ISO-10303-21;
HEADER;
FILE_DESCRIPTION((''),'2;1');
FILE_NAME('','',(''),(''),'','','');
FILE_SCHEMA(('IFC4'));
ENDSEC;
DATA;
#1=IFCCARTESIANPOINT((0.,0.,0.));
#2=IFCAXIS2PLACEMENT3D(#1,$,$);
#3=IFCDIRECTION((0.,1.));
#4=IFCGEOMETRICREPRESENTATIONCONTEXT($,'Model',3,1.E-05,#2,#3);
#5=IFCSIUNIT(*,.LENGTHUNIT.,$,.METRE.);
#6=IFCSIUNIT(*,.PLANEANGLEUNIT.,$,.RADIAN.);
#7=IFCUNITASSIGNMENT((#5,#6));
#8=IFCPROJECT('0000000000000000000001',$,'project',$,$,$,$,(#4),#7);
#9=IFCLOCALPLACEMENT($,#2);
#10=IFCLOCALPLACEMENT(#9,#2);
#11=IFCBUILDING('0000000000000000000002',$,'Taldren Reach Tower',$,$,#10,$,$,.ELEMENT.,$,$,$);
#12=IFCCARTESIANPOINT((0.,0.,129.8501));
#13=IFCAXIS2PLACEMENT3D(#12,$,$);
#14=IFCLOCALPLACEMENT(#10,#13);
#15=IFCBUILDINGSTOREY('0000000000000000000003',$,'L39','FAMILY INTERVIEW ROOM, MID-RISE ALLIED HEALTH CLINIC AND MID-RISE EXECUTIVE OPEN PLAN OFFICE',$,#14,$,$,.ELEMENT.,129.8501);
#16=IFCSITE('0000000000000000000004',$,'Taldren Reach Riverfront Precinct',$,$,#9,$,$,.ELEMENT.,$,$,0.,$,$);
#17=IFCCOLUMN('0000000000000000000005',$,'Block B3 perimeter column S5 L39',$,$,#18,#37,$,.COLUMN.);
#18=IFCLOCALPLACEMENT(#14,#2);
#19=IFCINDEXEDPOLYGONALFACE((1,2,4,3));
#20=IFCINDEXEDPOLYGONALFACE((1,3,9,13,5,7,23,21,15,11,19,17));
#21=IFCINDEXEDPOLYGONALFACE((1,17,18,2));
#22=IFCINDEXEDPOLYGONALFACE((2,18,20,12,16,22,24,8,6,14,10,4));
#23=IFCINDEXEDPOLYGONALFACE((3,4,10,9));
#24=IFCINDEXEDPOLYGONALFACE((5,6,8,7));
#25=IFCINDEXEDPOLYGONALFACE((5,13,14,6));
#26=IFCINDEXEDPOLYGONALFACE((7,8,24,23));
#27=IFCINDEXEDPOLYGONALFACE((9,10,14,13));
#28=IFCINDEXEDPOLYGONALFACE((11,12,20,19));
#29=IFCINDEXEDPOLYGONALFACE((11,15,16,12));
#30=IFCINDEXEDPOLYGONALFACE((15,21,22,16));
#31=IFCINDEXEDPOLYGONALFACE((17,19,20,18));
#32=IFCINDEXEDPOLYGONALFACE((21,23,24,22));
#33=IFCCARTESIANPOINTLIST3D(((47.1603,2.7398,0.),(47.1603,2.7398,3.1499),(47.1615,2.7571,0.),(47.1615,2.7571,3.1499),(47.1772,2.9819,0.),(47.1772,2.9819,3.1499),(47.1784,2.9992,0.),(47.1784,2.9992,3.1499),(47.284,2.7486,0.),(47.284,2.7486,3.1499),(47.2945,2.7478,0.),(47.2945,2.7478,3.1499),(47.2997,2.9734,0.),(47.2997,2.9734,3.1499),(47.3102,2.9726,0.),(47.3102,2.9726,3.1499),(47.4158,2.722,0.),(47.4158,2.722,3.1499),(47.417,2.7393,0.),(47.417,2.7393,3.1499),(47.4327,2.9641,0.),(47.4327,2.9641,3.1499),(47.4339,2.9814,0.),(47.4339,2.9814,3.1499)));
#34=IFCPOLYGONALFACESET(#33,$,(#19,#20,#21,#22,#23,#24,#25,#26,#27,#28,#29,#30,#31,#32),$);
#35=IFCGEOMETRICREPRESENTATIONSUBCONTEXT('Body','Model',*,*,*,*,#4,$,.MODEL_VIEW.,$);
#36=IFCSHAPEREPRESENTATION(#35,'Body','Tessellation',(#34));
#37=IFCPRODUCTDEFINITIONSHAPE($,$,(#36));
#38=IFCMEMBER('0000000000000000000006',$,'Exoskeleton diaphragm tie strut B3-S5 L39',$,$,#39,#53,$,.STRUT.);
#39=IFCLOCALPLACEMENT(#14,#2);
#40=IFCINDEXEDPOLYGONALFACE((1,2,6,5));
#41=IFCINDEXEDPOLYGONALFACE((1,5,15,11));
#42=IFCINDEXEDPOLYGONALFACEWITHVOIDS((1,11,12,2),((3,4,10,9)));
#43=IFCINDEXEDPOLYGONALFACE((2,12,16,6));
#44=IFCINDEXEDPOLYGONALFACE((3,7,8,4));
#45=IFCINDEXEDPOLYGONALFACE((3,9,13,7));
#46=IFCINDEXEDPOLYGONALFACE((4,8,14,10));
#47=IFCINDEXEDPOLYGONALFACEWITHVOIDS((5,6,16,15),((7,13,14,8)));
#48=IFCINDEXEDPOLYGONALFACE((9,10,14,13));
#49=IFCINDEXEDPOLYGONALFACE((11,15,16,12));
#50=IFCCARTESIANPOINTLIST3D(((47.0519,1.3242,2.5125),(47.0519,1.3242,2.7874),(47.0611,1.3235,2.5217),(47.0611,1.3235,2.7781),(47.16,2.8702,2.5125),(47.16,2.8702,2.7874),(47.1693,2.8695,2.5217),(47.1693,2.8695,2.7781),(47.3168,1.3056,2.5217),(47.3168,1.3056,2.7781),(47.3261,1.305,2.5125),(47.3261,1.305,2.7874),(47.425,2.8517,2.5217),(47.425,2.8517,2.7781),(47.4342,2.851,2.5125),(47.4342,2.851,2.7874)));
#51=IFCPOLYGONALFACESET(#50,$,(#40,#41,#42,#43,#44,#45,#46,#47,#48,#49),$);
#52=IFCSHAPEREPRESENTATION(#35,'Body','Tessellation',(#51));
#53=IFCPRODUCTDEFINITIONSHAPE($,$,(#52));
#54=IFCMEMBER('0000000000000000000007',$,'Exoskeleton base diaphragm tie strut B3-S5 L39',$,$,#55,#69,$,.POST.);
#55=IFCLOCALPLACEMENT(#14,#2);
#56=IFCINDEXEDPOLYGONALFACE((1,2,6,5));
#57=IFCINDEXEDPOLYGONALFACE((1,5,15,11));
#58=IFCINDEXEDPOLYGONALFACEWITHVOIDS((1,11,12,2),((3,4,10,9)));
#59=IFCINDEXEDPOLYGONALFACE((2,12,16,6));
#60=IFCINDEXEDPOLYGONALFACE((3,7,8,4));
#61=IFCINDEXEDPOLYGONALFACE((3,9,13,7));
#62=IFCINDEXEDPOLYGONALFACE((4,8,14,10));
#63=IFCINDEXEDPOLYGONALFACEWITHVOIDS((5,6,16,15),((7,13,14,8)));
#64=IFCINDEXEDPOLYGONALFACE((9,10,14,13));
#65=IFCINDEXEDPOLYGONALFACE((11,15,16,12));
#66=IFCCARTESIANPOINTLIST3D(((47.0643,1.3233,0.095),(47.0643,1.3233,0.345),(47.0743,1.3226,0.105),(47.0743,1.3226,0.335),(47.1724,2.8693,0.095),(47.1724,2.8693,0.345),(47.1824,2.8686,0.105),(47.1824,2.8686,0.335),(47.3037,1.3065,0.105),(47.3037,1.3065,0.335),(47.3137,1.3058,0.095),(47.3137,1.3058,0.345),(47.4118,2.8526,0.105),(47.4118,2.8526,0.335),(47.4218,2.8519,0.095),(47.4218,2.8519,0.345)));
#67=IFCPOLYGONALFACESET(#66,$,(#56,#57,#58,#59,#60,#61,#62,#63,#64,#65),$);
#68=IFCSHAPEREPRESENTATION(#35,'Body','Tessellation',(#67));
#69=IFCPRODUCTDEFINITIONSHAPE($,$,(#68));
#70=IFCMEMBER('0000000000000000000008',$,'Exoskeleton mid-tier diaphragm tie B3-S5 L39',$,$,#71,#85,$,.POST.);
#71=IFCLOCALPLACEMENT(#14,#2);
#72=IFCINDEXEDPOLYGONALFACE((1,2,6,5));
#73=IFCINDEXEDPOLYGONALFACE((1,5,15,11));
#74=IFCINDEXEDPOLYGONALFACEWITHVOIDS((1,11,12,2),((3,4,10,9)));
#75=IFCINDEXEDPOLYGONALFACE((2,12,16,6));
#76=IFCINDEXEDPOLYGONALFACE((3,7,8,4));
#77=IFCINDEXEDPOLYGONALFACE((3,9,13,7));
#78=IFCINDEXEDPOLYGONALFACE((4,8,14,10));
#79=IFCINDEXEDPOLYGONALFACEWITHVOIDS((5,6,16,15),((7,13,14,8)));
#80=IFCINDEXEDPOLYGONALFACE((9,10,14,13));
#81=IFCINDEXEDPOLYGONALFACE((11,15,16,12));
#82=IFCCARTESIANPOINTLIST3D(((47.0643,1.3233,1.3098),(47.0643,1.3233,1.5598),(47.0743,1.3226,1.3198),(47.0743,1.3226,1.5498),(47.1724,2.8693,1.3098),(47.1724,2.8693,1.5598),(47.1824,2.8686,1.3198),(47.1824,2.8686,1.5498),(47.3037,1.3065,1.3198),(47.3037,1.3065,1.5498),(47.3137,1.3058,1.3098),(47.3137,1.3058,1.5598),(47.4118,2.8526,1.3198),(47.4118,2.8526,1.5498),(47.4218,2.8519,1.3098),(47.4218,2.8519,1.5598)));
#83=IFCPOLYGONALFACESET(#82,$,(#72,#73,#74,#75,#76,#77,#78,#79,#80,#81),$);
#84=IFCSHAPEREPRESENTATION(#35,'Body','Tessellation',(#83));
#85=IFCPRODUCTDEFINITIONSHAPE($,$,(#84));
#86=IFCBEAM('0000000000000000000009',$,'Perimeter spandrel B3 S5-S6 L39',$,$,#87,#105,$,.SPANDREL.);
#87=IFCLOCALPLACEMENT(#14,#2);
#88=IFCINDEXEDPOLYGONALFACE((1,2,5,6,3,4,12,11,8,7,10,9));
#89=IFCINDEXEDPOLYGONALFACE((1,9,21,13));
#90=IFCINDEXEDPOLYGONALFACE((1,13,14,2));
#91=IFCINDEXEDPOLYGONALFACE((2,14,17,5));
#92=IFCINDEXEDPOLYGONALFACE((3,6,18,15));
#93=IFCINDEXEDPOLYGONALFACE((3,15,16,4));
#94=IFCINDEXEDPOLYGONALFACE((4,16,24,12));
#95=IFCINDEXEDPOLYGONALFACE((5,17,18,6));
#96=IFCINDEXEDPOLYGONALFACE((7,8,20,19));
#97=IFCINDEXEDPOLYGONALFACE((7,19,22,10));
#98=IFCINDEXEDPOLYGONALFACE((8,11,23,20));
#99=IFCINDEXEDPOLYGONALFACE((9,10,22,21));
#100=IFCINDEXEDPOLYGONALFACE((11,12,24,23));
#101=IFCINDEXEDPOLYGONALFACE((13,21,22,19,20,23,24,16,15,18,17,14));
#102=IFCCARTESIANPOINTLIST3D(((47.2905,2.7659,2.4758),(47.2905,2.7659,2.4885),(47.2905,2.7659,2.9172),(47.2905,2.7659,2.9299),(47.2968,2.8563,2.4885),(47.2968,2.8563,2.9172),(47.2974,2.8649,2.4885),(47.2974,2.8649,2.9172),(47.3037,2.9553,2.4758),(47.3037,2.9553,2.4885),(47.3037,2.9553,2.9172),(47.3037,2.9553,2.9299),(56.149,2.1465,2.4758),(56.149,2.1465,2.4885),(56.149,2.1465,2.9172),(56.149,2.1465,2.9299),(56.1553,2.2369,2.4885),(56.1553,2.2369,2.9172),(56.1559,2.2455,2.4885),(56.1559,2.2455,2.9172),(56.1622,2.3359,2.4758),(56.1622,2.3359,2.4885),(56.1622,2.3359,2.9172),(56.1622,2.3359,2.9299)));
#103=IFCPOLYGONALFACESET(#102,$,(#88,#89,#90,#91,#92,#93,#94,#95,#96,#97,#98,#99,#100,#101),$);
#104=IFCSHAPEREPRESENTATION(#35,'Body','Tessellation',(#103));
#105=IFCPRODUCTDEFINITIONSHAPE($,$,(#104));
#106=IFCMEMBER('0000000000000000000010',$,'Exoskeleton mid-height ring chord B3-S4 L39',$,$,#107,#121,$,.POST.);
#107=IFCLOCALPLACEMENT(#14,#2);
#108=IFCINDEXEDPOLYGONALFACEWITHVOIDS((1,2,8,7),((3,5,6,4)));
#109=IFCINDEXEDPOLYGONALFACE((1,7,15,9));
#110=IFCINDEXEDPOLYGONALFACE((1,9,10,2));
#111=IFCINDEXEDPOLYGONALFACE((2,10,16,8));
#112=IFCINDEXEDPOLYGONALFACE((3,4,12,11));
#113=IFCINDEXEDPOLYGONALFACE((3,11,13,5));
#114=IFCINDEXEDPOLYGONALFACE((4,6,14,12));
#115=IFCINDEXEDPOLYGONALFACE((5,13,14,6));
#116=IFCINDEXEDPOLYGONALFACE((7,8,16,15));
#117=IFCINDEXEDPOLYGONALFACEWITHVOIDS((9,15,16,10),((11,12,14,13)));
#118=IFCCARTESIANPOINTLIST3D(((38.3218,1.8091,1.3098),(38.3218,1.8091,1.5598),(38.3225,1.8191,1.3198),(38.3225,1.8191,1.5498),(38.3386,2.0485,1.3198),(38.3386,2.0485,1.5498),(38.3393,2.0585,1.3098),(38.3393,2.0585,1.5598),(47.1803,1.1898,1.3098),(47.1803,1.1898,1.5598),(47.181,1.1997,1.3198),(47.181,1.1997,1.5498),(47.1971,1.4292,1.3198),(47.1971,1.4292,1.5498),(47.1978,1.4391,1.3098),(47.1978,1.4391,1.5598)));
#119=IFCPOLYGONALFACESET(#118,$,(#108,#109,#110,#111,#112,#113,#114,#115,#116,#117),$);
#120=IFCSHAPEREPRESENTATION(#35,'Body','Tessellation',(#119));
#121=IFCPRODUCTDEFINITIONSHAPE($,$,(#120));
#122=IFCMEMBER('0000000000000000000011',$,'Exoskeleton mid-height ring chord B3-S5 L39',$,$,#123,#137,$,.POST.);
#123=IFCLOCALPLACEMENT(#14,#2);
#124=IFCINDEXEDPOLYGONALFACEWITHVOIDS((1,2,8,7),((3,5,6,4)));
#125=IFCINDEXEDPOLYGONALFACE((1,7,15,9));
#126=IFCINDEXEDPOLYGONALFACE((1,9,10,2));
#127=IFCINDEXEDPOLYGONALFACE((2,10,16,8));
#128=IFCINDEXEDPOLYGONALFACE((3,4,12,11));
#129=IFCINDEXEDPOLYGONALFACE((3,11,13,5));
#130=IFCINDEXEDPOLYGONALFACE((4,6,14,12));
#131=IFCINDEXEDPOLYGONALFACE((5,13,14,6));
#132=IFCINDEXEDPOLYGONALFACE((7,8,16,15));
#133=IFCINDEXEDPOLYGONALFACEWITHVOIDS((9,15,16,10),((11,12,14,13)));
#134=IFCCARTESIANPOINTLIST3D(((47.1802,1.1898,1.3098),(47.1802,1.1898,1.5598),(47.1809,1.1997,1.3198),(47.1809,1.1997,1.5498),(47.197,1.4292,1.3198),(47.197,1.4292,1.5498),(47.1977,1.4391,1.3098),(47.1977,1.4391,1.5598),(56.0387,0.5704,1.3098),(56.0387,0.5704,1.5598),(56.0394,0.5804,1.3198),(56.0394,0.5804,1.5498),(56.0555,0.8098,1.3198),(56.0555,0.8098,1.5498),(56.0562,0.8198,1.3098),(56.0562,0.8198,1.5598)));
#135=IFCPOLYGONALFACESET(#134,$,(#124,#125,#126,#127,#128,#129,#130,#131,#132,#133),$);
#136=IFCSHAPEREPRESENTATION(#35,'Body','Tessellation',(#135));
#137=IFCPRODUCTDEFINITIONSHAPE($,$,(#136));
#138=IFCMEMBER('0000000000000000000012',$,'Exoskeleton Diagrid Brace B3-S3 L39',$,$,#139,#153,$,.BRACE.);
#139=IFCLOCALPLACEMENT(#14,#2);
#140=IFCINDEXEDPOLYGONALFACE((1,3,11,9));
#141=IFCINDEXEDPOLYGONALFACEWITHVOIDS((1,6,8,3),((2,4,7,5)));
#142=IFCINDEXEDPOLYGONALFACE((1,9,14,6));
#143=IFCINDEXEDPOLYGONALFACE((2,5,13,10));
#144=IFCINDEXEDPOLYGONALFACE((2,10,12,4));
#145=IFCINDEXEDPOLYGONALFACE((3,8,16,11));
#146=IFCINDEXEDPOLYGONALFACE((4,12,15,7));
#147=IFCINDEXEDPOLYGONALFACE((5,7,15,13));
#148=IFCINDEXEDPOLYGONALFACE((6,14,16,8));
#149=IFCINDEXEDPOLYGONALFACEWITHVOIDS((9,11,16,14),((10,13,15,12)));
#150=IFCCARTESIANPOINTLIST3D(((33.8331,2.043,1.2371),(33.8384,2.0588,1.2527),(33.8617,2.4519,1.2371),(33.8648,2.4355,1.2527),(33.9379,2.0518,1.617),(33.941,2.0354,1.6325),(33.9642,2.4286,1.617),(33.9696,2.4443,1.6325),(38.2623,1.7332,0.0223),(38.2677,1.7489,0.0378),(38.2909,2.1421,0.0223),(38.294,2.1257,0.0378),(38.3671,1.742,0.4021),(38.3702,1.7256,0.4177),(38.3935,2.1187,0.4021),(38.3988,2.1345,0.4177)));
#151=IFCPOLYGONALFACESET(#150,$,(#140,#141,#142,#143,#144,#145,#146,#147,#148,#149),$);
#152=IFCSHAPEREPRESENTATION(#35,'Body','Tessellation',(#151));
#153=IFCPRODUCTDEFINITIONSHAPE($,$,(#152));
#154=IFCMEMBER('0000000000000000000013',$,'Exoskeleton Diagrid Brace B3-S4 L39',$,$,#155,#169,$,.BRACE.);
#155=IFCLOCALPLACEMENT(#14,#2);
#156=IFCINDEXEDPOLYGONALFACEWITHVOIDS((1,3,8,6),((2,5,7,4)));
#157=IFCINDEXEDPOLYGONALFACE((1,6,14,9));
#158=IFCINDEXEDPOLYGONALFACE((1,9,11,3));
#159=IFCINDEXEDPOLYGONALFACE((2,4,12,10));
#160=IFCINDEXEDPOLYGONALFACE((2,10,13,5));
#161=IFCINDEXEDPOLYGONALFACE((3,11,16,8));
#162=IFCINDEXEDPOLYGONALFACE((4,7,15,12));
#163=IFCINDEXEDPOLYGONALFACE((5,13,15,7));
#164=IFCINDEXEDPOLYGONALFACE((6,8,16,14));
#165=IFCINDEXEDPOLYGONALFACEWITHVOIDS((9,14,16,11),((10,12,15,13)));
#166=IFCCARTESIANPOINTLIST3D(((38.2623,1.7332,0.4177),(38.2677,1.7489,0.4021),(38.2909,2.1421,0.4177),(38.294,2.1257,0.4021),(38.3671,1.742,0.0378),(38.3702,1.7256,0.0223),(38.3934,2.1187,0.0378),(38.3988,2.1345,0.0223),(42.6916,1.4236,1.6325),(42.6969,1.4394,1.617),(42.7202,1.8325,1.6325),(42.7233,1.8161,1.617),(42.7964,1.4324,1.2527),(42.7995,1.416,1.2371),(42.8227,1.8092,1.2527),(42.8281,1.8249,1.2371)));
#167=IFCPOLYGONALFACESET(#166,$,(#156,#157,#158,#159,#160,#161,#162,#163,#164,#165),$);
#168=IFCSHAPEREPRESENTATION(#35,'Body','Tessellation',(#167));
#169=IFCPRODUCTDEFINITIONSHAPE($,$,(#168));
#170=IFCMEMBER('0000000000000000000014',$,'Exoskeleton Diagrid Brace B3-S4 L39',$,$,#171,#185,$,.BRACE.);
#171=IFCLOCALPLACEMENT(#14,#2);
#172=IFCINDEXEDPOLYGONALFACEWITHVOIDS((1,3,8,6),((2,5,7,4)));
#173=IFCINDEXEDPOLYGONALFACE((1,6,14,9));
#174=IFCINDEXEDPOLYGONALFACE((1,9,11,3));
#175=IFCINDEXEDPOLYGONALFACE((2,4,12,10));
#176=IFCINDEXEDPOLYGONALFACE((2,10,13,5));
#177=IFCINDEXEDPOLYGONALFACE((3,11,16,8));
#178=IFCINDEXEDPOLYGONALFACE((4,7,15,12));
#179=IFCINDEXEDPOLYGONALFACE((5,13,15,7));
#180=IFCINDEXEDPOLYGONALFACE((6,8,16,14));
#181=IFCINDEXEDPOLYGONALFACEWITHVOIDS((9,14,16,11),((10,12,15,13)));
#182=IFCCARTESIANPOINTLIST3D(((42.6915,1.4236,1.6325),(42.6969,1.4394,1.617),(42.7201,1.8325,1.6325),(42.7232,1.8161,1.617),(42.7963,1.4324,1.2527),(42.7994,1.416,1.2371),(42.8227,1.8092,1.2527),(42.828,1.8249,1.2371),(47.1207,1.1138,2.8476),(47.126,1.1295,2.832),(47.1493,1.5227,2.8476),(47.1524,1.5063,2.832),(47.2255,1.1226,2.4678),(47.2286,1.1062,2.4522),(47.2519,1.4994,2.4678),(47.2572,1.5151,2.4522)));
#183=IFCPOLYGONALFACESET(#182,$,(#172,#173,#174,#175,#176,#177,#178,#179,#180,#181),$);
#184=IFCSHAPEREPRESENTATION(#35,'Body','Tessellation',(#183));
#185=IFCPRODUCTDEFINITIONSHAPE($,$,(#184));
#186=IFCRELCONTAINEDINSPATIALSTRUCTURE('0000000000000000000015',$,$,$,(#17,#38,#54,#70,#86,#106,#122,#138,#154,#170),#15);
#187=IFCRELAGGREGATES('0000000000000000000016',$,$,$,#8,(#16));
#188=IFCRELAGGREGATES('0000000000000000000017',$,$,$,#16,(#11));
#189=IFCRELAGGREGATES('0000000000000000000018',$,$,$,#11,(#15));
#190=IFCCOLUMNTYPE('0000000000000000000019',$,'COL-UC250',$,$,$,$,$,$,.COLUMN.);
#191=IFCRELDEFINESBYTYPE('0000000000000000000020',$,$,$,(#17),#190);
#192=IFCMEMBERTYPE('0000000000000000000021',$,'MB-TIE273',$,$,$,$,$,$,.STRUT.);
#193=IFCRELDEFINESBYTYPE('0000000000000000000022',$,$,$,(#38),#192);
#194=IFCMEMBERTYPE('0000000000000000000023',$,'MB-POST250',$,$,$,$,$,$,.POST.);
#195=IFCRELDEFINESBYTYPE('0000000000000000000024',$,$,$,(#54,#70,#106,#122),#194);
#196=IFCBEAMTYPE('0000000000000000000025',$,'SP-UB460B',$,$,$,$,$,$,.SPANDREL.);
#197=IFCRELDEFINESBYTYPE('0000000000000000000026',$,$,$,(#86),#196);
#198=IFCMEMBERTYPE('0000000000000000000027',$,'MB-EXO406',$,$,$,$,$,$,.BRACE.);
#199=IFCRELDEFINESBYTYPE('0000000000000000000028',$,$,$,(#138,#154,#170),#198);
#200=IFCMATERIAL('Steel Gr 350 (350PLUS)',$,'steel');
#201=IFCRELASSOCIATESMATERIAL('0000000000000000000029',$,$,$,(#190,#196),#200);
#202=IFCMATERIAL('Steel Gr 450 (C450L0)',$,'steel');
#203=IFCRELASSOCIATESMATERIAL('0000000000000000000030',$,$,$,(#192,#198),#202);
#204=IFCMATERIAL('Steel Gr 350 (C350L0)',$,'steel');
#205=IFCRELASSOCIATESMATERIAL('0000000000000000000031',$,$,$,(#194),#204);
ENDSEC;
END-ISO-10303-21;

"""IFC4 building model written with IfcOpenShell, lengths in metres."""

from ifc_helpers import new_model, si_unit, direction, frame, origin, origin_2d, place, context, subcontext, project, spatial, hollow_rectangle, i_section, extrude, source, transform, mapped, material, material_profile, profile_set, type_object, element, save


model = new_model("IFC4")

# Units and contexts
model_context = context("Model", 3, precision=1e-05, world=origin(), true_north=direction((0.0, 1.0)))
body_context = subcontext(model_context, "Body", "Model", "MODEL_VIEW")
ifc_project = project(units=[si_unit("LENGTHUNIT", "METRE"), si_unit("PLANEANGLEUNIT", "RADIAN")], contexts=[model_context])

# Site, building, storey
site_placement = place(None, origin())
site = spatial("IfcSite", under=ifc_project, at=site_placement, Name="Taldren Reach Riverfront Precinct", CompositionType="ELEMENT", RefElevation=0.0)
building_placement = place(site_placement, origin())
building = spatial("IfcBuilding", under=site, at=building_placement, Name="Taldren Reach Tower", CompositionType="ELEMENT")
storey_placement = place(building_placement, frame((0.0, 0.0, 129.8501)))
storey = spatial("IfcBuildingStorey", under=building, at=storey_placement, Name="L39", Description="FAMILY INTERVIEW ROOM, MID-RISE ALLIED HEALTH CLINIC AND MID-RISE EXECUTIVE OPEN PLAN OFFICE", CompositionType="ELEMENT", Elevation=129.8501)

# Column
ifc_material_1 = material(Name="Steel Gr 350 (350PLUS)", Category="steel")
ifc_material_profile_1 = material_profile(ifc_material_1, i_section(OverallWidth=0.2561, OverallDepth=0.26, WebThickness=0.0105, FlangeThickness=0.0173, at=origin_2d()), Name="250UC89.5")
ifc_profile_set_1 = profile_set([ifc_material_profile_1], Name="Steel Gr 350 (350PLUS)")
column_type = type_object("IfcColumnType", Name="COL-UC250", PredefinedType="COLUMN", material=ifc_profile_set_1)
shared_shape_1 = source(origin(), body_context, "Body", "SweptSolid", [
    extrude(i_section(OverallWidth=0.2561, OverallDepth=0.26, WebThickness=0.0105, FlangeThickness=0.0173, at=origin_2d()), origin(), (0.0, 0.0, 1.0), 3.1499),
])
column_placement = place(storey_placement, frame((47.2971, 2.8606, 0.0), z_axis=(0.0, 0.0, 1.0), x_axis=(0.997564, -0.069756, 0.0)))
element("IfcColumn", 1, at=column_placement, inside=storey, type_object=column_type, Name="Block B3 perimeter column S5 L39", PredefinedType="COLUMN", context=body_context, shape_type="MappedRepresentation", body=[
    mapped(shared_shape_1, transform((0.0, 0.0, 0.0), scale=1.0)),
])

# Members
ifc_material_2 = material(Name="Steel Gr 450 (C450L0)", Category="steel")
ifc_material_profile_2 = material_profile(ifc_material_2, hollow_rectangle(XDim=0.2749, YDim=0.2749, WallThickness=0.0093, at=origin_2d()), Name="275x275x9.3SHS")
ifc_profile_set_2 = profile_set([ifc_material_profile_2], Name="Steel Gr 450 (C450L0)")
member_type_1 = type_object("IfcMemberType", Name="MB-TIE273", PredefinedType="STRUT", material=ifc_profile_set_2)
shared_shape_2 = source(origin(), body_context, "Body", "SweptSolid", [
    extrude(hollow_rectangle(XDim=0.2749, YDim=0.2749, WallThickness=0.0093, at=origin_2d()), origin(), (0.0, 0.0, 1.0), 1.5498),
])
member_1_placement = place(storey_placement, frame((47.2971, 2.8606, 2.6499), z_axis=(-0.069781, -0.997562, 0.0), x_axis=(0.997562, -0.069781, 0.0)))
element("IfcMember", 2, at=member_1_placement, inside=storey, type_object=member_type_1, Name="Exoskeleton diaphragm tie strut B3-S5 L39", PredefinedType="STRUT", context=body_context, shape_type="MappedRepresentation", body=[
    mapped(shared_shape_2, transform((0.0, 0.0, 0.0), scale=1.0)),
])
ifc_material_3 = material(Name="Steel Gr 350 (C350L0)", Category="steel")
ifc_material_profile_3 = material_profile(ifc_material_3, hollow_rectangle(XDim=0.25, YDim=0.25, WallThickness=0.01, at=origin_2d()), Name="250x250x10.0SHS")
ifc_profile_set_3 = profile_set([ifc_material_profile_3], Name="Steel Gr 350 (C350L0)")
member_type_2 = type_object("IfcMemberType", Name="MB-POST250", PredefinedType="POST", material=ifc_profile_set_3)
shared_shape_3 = source(origin(), body_context, "Body", "SweptSolid", [
    extrude(hollow_rectangle(XDim=0.25, YDim=0.25, WallThickness=0.01, at=origin_2d()), origin(), (0.0, 0.0, 1.0), 1.5498),
])
for number, where, z_axis, x_axis, name in (
    (3, (47.2971, 2.8606, 0.22), (-0.069781, -0.997562, 0.0), (0.997562, -0.069781, 0.0), "Exoskeleton base diaphragm tie strut B3-S5 L39"),
    (4, (47.2971, 2.8606, 1.4348), (-0.069781, -0.997562, 0.0), (0.997562, -0.069781, 0.0), "Exoskeleton mid-tier diaphragm tie B3-S5 L39"),
):
    element("IfcMember", number, at=place(storey_placement, frame(where, z_axis=z_axis, x_axis=x_axis)), inside=storey, type_object=member_type_2, Name=name, PredefinedType="POST", context=body_context, shape_type="MappedRepresentation", body=[
        mapped(shared_shape_3, transform((0.0, 0.0, 0.0), scale=1.0)),
    ])

# Beam
ifc_material_profile_4 = material_profile(ifc_material_1, i_section(OverallWidth=0.1899, OverallDepth=0.4541, WebThickness=0.0085, FlangeThickness=0.0127, at=origin_2d()), Name="460UB67.1")
ifc_profile_set_4 = profile_set([ifc_material_profile_4], Name="Steel Gr 350 (350PLUS)")
beam_type = type_object("IfcBeamType", Name="SP-UB460B", PredefinedType="SPANDREL", material=ifc_profile_set_4)
shared_shape_4 = source(origin(), body_context, "Body", "SweptSolid", [
    extrude(i_section(OverallWidth=0.1899, OverallDepth=0.4541, WebThickness=0.0085, FlangeThickness=0.0127, at=origin_2d()), origin(), (0.0, 0.0, 1.0), 8.8801),
])
beam_placement = place(storey_placement, frame((47.2971, 2.8606, 2.7029), z_axis=(0.997564, -0.06975, 0.0), x_axis=(0.06975, 0.997564, 0.0)))
element("IfcBeam", 5, at=beam_placement, inside=storey, type_object=beam_type, Name="Perimeter spandrel B3 S5-S6 L39", PredefinedType="SPANDREL", context=body_context, shape_type="MappedRepresentation", body=[
    mapped(shared_shape_4, transform((0.0, 0.0, 0.0), scale=1.0)),
])

# Members
shared_shape_5 = source(origin(), body_context, "Body", "SweptSolid", [
    extrude(hollow_rectangle(XDim=0.25, YDim=0.25, WallThickness=0.01, at=origin_2d()), origin(), (0.0, 0.0, 1.0), 8.8801),
])
for number, where, z_axis, x_axis, name in (
    (6, (38.3306, 1.9338, 1.4348), (0.997564, -0.06975, 0.0), (0.06975, 0.997564, 0.0), "Exoskeleton mid-height ring chord B3-S4 L39"),
    (7, (47.189, 1.3145, 1.4348), (0.997564, -0.06975, 0.0), (0.06975, 0.997564, 0.0), "Exoskeleton mid-height ring chord B3-S5 L39"),
):
    element("IfcMember", number, at=place(storey_placement, frame(where, z_axis=z_axis, x_axis=x_axis)), inside=storey, type_object=member_type_2, Name=name, PredefinedType="POST", context=body_context, shape_type="MappedRepresentation", body=[
        mapped(shared_shape_5, transform((0.0, 0.0, 0.0), scale=1.0)),
    ])
ifc_material_profile_5 = material_profile(ifc_material_2, hollow_rectangle(XDim=0.4099, YDim=0.4099, WallThickness=0.0161, at=origin_2d()), Name="410x410x16.0SHS")
ifc_profile_set_5 = profile_set([ifc_material_profile_5], Name="Steel Gr 450 (C450L0)")
member_type_3 = type_object("IfcMemberType", Name="MB-EXO406", PredefinedType="BRACE", material=ifc_profile_set_5)
shared_shape_6 = source(origin(), body_context, "Body", "SweptSolid", [
    extrude(hollow_rectangle(XDim=0.4099, YDim=0.4099, WallThickness=0.0161, at=origin_2d()), origin(), (0.0, 0.0, 1.0), 4.6033),
])
for number, where, z_axis, x_axis, name in (
    (8, (38.3306, 1.9338, 0.22), (-0.962196, 0.067304, 0.263912), (-0.069778, -0.997563, 0.0), "Exoskeleton Diagrid Brace B3-S3 L39"),
    (9, (38.3306, 1.9338, 0.22), (0.962199, -0.067251, 0.263913), (0.069723, 0.997566, 0.0), "Exoskeleton Diagrid Brace B3-S4 L39"),
    (10, (42.7598, 1.6243, 1.4348), (0.962182, -0.067303, 0.263961), (0.069778, 0.997563, 0.0), "Exoskeleton Diagrid Brace B3-S4 L39"),
):
    element("IfcMember", number, at=place(storey_placement, frame(where, z_axis=z_axis, x_axis=x_axis)), inside=storey, type_object=member_type_3, Name=name, PredefinedType="BRACE", context=body_context, shape_type="MappedRepresentation", body=[
        mapped(shared_shape_6, transform((0.0, 0.0, 0.0), scale=1.0)),
    ])

save(model, "model.ifc")
